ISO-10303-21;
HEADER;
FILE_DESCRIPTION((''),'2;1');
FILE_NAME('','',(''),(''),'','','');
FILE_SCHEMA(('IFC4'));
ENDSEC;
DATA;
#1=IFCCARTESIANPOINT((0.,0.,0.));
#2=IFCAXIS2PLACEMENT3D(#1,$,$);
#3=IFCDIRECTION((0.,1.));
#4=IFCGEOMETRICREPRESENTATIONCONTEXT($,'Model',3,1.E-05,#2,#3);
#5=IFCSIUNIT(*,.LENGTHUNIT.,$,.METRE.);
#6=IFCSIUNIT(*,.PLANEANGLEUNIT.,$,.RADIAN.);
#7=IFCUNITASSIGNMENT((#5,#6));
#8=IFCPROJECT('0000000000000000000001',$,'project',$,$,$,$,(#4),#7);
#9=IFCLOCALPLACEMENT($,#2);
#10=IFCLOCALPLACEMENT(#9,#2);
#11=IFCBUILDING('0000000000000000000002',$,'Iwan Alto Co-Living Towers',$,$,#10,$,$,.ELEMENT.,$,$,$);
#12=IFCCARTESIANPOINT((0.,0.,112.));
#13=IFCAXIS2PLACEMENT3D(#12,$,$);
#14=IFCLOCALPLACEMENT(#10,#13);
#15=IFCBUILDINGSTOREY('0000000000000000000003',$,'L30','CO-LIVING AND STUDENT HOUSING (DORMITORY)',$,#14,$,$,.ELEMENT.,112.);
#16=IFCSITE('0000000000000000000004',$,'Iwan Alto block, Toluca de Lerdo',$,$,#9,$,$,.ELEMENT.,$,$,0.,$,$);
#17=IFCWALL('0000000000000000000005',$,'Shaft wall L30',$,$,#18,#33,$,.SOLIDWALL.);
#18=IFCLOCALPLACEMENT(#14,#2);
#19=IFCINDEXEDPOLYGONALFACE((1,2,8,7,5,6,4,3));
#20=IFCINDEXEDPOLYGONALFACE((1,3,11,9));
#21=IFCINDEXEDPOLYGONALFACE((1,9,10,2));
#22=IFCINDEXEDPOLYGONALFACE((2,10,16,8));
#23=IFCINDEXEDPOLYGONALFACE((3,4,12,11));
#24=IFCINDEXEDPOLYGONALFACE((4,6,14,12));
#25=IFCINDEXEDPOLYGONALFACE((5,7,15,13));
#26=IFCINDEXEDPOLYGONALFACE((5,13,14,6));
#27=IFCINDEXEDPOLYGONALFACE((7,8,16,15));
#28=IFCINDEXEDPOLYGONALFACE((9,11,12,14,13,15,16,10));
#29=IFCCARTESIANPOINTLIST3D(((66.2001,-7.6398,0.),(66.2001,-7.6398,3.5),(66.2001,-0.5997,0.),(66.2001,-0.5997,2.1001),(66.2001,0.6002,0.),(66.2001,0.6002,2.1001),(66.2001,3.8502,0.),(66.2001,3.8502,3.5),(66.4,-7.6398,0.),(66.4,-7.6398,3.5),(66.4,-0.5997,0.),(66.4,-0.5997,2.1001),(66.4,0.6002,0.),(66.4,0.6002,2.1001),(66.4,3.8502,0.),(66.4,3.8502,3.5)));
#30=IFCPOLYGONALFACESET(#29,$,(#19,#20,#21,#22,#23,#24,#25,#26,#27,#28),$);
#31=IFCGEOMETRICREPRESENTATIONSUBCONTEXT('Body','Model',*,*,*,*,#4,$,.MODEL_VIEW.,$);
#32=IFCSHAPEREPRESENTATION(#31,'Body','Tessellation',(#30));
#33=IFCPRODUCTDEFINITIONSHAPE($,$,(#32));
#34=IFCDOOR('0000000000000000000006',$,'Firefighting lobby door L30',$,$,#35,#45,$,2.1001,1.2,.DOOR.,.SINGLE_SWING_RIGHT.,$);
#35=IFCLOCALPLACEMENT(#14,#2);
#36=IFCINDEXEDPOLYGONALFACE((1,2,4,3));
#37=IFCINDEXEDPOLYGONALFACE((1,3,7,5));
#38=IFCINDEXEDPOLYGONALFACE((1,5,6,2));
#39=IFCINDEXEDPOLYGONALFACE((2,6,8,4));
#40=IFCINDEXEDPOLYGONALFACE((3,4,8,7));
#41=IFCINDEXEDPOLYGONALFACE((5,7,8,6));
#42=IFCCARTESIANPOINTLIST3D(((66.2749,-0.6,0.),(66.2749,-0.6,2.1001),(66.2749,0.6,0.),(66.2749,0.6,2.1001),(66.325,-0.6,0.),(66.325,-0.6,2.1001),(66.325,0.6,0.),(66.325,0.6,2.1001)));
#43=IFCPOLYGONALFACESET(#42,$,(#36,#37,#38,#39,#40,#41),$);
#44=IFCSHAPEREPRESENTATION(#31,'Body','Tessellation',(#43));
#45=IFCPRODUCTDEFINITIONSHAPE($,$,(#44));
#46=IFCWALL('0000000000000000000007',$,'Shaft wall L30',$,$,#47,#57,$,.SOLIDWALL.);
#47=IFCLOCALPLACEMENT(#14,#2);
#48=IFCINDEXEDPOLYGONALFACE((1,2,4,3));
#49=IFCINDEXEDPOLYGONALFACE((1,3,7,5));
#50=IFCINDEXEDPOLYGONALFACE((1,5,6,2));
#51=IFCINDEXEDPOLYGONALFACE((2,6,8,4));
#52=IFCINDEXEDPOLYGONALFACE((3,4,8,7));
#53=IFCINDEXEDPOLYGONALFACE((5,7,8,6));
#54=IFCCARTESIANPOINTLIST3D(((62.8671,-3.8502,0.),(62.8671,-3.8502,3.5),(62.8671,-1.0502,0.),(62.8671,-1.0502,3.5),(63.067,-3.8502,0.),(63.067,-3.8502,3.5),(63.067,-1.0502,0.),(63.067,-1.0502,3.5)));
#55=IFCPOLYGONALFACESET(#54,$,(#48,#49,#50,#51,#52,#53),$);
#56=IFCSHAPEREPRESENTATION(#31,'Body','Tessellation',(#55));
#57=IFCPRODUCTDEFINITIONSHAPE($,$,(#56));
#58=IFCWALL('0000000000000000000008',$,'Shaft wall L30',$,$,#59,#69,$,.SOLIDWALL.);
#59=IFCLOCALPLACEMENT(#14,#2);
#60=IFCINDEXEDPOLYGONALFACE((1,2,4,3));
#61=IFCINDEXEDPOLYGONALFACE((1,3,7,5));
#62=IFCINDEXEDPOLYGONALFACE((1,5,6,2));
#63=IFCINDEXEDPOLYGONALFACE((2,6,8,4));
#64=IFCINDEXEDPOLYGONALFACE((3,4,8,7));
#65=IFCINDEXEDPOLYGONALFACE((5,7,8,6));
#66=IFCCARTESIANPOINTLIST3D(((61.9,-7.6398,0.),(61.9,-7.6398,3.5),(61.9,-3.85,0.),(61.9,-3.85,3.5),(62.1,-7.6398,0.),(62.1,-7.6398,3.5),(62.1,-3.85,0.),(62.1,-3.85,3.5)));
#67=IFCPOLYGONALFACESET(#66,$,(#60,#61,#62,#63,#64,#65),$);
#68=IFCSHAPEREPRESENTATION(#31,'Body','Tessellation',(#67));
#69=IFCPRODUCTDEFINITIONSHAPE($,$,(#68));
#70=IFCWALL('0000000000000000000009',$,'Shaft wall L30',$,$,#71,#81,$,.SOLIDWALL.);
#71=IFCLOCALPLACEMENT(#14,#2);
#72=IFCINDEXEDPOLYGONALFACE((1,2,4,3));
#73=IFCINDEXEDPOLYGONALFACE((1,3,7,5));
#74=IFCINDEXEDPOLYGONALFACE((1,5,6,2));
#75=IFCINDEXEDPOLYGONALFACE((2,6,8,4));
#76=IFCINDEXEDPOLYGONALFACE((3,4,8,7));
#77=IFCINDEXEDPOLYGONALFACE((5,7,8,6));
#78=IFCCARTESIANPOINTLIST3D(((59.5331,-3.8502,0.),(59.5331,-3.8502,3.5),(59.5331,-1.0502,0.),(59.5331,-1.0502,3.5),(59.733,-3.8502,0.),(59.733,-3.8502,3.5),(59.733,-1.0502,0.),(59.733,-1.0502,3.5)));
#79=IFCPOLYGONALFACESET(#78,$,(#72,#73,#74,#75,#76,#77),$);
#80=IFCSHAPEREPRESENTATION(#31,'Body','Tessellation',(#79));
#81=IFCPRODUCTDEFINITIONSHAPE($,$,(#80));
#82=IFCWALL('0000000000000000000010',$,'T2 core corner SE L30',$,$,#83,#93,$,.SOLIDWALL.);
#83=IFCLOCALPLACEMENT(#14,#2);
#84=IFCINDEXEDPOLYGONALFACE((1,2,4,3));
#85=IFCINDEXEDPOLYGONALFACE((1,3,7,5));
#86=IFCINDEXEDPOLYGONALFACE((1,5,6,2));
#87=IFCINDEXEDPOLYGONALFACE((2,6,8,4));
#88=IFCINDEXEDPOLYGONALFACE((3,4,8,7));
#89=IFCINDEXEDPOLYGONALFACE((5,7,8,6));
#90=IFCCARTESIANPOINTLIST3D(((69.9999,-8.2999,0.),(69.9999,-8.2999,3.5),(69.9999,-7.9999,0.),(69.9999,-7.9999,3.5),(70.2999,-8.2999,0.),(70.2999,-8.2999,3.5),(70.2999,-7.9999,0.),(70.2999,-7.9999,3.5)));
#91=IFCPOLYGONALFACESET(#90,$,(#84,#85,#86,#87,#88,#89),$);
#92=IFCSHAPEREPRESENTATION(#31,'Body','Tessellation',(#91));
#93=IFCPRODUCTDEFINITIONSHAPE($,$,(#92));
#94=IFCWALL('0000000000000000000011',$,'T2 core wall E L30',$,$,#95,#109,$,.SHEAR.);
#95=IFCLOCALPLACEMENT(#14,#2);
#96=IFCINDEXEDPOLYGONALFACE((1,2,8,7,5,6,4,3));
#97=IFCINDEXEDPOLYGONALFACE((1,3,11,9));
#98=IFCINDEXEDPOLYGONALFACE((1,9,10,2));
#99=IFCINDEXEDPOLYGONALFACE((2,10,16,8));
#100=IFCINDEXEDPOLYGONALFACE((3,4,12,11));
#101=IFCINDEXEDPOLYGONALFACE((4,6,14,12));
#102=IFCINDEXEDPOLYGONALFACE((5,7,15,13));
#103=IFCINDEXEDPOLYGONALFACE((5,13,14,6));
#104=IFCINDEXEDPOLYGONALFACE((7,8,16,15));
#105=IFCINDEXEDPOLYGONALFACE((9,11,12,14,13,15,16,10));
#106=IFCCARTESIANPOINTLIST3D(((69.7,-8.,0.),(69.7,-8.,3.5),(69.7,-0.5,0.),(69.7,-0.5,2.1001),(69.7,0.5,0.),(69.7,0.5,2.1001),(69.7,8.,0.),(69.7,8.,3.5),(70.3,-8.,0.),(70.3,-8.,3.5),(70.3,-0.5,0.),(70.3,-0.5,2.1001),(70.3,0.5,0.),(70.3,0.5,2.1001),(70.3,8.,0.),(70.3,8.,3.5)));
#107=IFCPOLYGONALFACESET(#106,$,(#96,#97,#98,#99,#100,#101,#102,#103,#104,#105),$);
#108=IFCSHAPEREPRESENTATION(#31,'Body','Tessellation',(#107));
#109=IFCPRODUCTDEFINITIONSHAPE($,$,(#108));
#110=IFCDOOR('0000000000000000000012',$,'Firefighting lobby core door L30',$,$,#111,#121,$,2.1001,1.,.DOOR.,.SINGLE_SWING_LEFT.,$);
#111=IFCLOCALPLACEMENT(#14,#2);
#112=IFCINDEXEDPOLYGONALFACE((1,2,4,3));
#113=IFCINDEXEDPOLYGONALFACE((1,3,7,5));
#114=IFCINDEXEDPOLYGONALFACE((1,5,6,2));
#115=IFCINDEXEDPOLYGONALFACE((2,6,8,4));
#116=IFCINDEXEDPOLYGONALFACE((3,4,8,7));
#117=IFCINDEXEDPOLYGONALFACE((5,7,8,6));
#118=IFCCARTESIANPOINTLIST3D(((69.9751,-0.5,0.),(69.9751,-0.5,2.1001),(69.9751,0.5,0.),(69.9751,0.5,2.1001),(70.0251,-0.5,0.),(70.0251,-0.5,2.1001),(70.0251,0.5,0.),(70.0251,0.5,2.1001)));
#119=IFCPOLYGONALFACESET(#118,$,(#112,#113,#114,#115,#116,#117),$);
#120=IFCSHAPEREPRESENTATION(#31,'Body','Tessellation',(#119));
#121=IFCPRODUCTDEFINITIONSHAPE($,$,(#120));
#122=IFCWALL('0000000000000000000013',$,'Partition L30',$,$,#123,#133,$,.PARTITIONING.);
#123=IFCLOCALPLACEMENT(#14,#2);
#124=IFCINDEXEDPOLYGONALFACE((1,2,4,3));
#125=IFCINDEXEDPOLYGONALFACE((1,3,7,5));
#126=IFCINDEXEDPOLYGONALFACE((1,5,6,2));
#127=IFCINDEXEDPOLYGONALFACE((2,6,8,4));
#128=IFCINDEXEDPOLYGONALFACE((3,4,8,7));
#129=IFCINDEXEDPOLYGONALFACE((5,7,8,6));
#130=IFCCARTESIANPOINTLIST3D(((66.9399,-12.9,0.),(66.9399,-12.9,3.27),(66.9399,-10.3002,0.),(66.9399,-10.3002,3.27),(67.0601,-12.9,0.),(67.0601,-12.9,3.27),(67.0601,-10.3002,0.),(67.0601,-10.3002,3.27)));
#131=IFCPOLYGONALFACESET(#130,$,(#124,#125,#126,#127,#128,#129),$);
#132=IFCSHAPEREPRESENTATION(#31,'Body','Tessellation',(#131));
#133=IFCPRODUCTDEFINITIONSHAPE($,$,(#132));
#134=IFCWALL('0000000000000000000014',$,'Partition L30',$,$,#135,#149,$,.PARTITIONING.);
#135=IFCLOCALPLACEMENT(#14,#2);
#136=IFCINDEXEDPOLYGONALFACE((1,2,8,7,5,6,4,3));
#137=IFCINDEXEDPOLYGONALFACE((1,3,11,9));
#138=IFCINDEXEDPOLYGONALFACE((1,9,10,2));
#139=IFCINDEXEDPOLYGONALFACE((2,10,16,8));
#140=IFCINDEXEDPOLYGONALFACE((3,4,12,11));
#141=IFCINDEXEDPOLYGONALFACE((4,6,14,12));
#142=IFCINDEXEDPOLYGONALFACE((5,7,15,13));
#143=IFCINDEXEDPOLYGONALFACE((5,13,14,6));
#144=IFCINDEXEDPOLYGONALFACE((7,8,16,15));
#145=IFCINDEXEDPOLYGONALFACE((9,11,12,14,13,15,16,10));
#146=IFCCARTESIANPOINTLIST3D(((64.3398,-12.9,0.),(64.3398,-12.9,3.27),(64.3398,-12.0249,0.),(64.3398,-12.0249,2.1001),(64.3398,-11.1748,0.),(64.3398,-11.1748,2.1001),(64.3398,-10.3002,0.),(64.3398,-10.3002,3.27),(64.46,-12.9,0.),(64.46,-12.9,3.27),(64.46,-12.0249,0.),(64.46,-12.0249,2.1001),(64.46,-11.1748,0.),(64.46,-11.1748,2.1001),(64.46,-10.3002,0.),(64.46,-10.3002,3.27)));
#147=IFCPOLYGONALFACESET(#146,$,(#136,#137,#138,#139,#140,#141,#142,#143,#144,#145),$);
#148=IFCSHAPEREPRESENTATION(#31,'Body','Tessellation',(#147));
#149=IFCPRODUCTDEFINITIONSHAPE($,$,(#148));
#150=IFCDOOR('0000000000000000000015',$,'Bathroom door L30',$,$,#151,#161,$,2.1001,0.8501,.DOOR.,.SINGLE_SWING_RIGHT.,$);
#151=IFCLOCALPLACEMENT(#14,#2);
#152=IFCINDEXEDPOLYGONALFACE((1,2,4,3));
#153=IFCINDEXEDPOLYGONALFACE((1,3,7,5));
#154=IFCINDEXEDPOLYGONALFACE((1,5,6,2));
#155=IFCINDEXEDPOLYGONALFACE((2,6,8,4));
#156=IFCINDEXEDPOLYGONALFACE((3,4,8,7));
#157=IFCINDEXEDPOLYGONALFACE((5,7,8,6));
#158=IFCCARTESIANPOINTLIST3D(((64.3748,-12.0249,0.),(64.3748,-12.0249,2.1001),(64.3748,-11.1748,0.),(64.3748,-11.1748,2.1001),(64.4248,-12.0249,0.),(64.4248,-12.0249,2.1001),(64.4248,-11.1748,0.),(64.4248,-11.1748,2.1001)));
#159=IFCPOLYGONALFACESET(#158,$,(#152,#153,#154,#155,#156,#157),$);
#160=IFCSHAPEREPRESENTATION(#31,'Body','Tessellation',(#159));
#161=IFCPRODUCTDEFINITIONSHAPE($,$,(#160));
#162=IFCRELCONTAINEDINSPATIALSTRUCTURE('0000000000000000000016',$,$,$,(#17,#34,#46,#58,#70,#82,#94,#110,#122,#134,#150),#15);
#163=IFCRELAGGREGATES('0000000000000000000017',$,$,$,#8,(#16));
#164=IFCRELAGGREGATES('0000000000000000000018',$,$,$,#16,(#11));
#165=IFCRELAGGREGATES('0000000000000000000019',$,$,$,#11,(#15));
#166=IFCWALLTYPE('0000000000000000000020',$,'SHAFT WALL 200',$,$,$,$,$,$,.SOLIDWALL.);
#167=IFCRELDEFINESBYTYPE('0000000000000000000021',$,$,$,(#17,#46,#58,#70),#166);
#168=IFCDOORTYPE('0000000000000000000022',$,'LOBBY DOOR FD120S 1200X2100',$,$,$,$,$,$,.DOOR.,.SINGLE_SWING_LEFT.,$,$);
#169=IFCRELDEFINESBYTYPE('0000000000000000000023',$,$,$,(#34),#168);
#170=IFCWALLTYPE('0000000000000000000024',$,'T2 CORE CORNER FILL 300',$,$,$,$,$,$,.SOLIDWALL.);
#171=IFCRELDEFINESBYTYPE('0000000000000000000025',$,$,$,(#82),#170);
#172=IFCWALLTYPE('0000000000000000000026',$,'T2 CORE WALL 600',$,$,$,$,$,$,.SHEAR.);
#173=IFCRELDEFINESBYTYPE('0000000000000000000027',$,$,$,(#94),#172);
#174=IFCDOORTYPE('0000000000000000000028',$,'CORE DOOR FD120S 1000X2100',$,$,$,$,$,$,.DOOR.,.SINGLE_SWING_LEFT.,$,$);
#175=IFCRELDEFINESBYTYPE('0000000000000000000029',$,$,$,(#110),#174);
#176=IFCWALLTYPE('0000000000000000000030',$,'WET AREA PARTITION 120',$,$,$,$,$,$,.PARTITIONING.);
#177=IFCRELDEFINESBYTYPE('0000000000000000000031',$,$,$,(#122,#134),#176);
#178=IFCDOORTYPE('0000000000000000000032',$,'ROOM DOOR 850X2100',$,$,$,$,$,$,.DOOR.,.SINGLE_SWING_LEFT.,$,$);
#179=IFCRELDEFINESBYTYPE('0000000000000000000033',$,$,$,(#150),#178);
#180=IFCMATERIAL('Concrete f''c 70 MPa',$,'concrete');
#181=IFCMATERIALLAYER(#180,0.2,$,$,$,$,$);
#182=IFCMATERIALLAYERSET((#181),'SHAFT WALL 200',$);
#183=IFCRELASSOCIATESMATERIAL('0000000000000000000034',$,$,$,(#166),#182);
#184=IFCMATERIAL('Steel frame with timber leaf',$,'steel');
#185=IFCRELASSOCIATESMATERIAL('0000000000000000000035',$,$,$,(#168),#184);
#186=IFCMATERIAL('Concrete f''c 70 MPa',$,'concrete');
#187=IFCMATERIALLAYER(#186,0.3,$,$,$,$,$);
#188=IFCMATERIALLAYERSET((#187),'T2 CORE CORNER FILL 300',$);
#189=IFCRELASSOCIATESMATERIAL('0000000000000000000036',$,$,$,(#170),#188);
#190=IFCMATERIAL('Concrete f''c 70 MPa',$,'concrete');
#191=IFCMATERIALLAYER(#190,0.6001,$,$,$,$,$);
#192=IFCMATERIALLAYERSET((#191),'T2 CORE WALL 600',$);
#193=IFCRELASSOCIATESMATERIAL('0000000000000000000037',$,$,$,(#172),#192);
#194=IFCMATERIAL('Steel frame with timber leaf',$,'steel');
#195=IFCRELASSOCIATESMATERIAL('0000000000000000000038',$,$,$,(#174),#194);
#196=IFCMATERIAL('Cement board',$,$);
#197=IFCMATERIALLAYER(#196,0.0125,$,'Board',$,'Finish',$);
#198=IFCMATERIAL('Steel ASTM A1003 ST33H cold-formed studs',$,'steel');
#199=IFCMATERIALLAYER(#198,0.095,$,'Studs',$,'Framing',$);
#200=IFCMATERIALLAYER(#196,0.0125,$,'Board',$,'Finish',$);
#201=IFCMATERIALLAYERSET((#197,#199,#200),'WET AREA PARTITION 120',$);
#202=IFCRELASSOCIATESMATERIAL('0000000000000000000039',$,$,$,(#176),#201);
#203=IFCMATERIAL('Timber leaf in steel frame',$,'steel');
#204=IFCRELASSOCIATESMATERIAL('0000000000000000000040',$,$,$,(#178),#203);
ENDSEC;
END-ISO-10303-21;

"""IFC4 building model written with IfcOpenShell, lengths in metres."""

from ifc_helpers import new_model, si_unit, direction, frame, frame_2d, origin, place, context, subcontext, project, spatial, rectangle, extrude, material, layer, layer_set, type_object, element, fill, save


model = new_model("IFC4")

# Units and contexts
model_context = context("Model", 3, precision=1e-05, world=origin(), true_north=direction((0.0, 1.0)))
body_context = subcontext(model_context, "Body", "Model", "MODEL_VIEW")
ifc_project = project(units=[si_unit("LENGTHUNIT", "METRE"), si_unit("PLANEANGLEUNIT", "RADIAN")], contexts=[model_context])

# Site, building, storey
site_placement = place(None, origin())
site = spatial("IfcSite", under=ifc_project, at=site_placement, Name="Iwan Alto block, Toluca de Lerdo", CompositionType="ELEMENT", RefElevation=0.0)
building_placement = place(site_placement, origin())
building = spatial("IfcBuilding", under=site, at=building_placement, Name="Iwan Alto Co-Living Towers", CompositionType="ELEMENT")
storey_placement = place(building_placement, frame((0.0, 0.0, 112.0)))
storey = spatial("IfcBuildingStorey", under=building, at=storey_placement, Name="L30", Description="CO-LIVING AND STUDENT HOUSING (DORMITORY)", CompositionType="ELEMENT", Elevation=112.0)

# Shared definitions
ifc_material_1 = material(Name="Steel ASTM A1003 ST33H cold-formed studs", Category="steel")

# Wall, opening, door
ifc_material_2 = material(Name="Concrete f'c 70 MPa", Category="concrete")
ifc_layer_1 = layer(ifc_material_2, 0.2)
ifc_layer_set_1 = layer_set([ifc_layer_1], Name="SHAFT WALL 200")
wall_type_1 = type_object("IfcWallType", Name="SHAFT WALL 200", PredefinedType="SOLIDWALL", material=ifc_layer_set_1)
wall_1_placement = place(storey_placement, frame((66.3, -7.6399, 0.0), z_axis=(0.0, 0.0, 1.0), x_axis=(0.0, 1.0, 0.0)))
wall_1 = element("IfcWall", 1, at=wall_1_placement, inside=storey, type_object=wall_type_1, Name="Shaft wall L30", PredefinedType="SOLIDWALL", context=body_context, shape_type="SweptSolid", body=[
    extrude(rectangle(XDim=11.49, YDim=0.2, at=frame_2d((5.7451, 0.0))), origin(), (0.0, 0.0, 1.0), 3.5),
])
opening_1_placement = place(wall_1_placement, frame((7.04, 0.0, 0.0)))
opening_1 = element("IfcOpeningElement", 2, at=opening_1_placement, cuts=wall_1, PredefinedType="OPENING", context=body_context, shape_type="SweptSolid", body=[
    extrude(rectangle(XDim=1.2, YDim=2.1001, at=frame_2d((0.6001, 1.05))), frame((0.0, 0.1099, 0.0), z_axis=(0.0, -1.0, 0.0), x_axis=(1.0, 0.0, 0.0)), (0.0, 0.0, 1.0), 0.22),
])
ifc_material_3 = material(Name="Steel frame with timber leaf", Category="steel")
door_type_1 = type_object("IfcDoorType", Name="LOBBY DOOR FD120S 1200X2100", OperationType="SINGLE_SWING_LEFT", PredefinedType="DOOR", material=ifc_material_3)
door_1_placement = place(opening_1_placement, frame((1.2, 0.0, 0.0), z_axis=(0.0, 0.0, 1.0), x_axis=(-1.0, 0.0, 0.0)))
door_1 = element("IfcDoor", 3, at=door_1_placement, inside=storey, type_object=door_type_1, Name="Firefighting lobby door L30", OperationType="SINGLE_SWING_RIGHT", OverallHeight=2.1001, OverallWidth=1.2, PredefinedType="DOOR", context=body_context, shape_type="SweptSolid", body=[
    extrude(rectangle(XDim=1.2, YDim=2.1001, at=frame_2d((0.6001, 1.05))), frame((0.0, 0.0249, 0.0), z_axis=(0.0, -1.0, 0.0), x_axis=(1.0, 0.0, 0.0)), (0.0, 0.0, 1.0), 0.05),
])
fill(opening_1, door_1)

# Walls
wall_2_placement = place(storey_placement, frame((62.967, -3.8501, 0.0), z_axis=(0.0, 0.0, 1.0), x_axis=(0.0, 1.0, 0.0)))
element("IfcWall", 4, at=wall_2_placement, inside=storey, type_object=wall_type_1, Name="Shaft wall L30", PredefinedType="SOLIDWALL", context=body_context, shape_type="SweptSolid", body=[
    extrude(rectangle(XDim=2.8, YDim=0.2, at=frame_2d((1.3999, 0.0))), origin(), (0.0, 0.0, 1.0), 3.5),
])
wall_3_placement = place(storey_placement, frame((62.0, -7.6399, 0.0), z_axis=(0.0, 0.0, 1.0), x_axis=(0.0, 1.0, 0.0)))
element("IfcWall", 5, at=wall_3_placement, inside=storey, type_object=wall_type_1, Name="Shaft wall L30", PredefinedType="SOLIDWALL", context=body_context, shape_type="SweptSolid", body=[
    extrude(rectangle(XDim=3.7898, YDim=0.2, at=frame_2d((1.895, 0.0))), origin(), (0.0, 0.0, 1.0), 3.5),
])
wall_4_placement = place(storey_placement, frame((59.6331, -3.8501, 0.0), z_axis=(0.0, 0.0, 1.0), x_axis=(0.0, 1.0, 0.0)))
element("IfcWall", 6, at=wall_4_placement, inside=storey, type_object=wall_type_1, Name="Shaft wall L30", PredefinedType="SOLIDWALL", context=body_context, shape_type="SweptSolid", body=[
    extrude(rectangle(XDim=2.8, YDim=0.2, at=frame_2d((1.3999, 0.0))), origin(), (0.0, 0.0, 1.0), 3.5),
])
ifc_material_4 = material(Name="Concrete f'c 70 MPa", Category="concrete")
ifc_layer_2 = layer(ifc_material_4, 0.3)
ifc_layer_set_2 = layer_set([ifc_layer_2], Name="T2 CORE CORNER FILL 300")
wall_type_2 = type_object("IfcWallType", Name="T2 CORE CORNER FILL 300", PredefinedType="SOLIDWALL", material=ifc_layer_set_2)
wall_5_placement = place(storey_placement, frame((70.0, -8.1499, 0.0), z_axis=(0.0, 0.0, 1.0), x_axis=(1.0, 0.0, 0.0)))
element("IfcWall", 7, at=wall_5_placement, inside=storey, type_object=wall_type_2, Name="T2 core corner SE L30", PredefinedType="SOLIDWALL", context=body_context, shape_type="SweptSolid", body=[
    extrude(rectangle(XDim=0.3, YDim=0.3, at=frame_2d((0.1499, 0.0))), origin(), (0.0, 0.0, 1.0), 3.5),
])

# Wall, opening, door
ifc_material_5 = material(Name="Concrete f'c 70 MPa", Category="concrete")
ifc_layer_3 = layer(ifc_material_5, 0.6001)
ifc_layer_set_3 = layer_set([ifc_layer_3], Name="T2 CORE WALL 600")
wall_type_3 = type_object("IfcWallType", Name="T2 CORE WALL 600", PredefinedType="SHEAR", material=ifc_layer_set_3)
wall_6_placement = place(storey_placement, frame((70.0, -8.0, 0.0), z_axis=(0.0, 0.0, 1.0), x_axis=(0.0, 1.0, 0.0)))
wall_6 = element("IfcWall", 8, at=wall_6_placement, inside=storey, type_object=wall_type_3, Name="T2 core wall E L30", PredefinedType="SHEAR", context=body_context, shape_type="SweptSolid", body=[
    extrude(rectangle(XDim=16.0, YDim=0.6001, at=frame_2d((8.0, 0.0))), origin(), (0.0, 0.0, 1.0), 3.5),
])
opening_2_placement = place(wall_6_placement, frame((7.5, 0.0, 0.0)))
opening_2 = element("IfcOpeningElement", 9, at=opening_2_placement, cuts=wall_6, PredefinedType="OPENING", context=body_context, shape_type="SweptSolid", body=[
    extrude(rectangle(XDim=1.0, YDim=2.1001, at=frame_2d((0.5, 1.05))), frame((0.0, 0.3101, 0.0), z_axis=(0.0, -1.0, 0.0), x_axis=(1.0, 0.0, 0.0)), (0.0, 0.0, 1.0), 0.6201),
])
ifc_material_6 = material(Name="Steel frame with timber leaf", Category="steel")
door_type_2 = type_object("IfcDoorType", Name="CORE DOOR FD120S 1000X2100", OperationType="SINGLE_SWING_LEFT", PredefinedType="DOOR", material=ifc_material_6)
door_2_placement = place(opening_2_placement, origin())
door_2 = element("IfcDoor", 10, at=door_2_placement, inside=storey, type_object=door_type_2, Name="Firefighting lobby core door L30", OperationType="SINGLE_SWING_LEFT", OverallHeight=2.1001, OverallWidth=1.0, PredefinedType="DOOR", context=body_context, shape_type="SweptSolid", body=[
    extrude(rectangle(XDim=1.0, YDim=2.1001, at=frame_2d((0.5, 1.05))), frame((0.0, 0.0249, 0.0), z_axis=(0.0, -1.0, 0.0), x_axis=(1.0, 0.0, 0.0)), (0.0, 0.0, 1.0), 0.05),
])
fill(opening_2, door_2)

# Wall
ifc_material_7 = material(Name="Cement board")
ifc_layer_4 = layer(ifc_material_7, 0.0125, Name="Board", Category="Finish")
ifc_layer_5 = layer(ifc_material_1, 0.095, Name="Studs", Category="Framing")
ifc_layer_6 = layer(ifc_material_7, 0.0125, Name="Board", Category="Finish")
ifc_layer_set_4 = layer_set([ifc_layer_4, ifc_layer_5, ifc_layer_6], Name="WET AREA PARTITION 120")
wall_type_4 = type_object("IfcWallType", Name="WET AREA PARTITION 120", PredefinedType="PARTITIONING", material=ifc_layer_set_4)
wall_7_placement = place(storey_placement, frame((67.0, -12.8999, 0.0), z_axis=(0.0, 0.0, 1.0), x_axis=(0.0, 1.0, 0.0)))
element("IfcWall", 11, at=wall_7_placement, inside=storey, type_object=wall_type_4, Name="Partition L30", PredefinedType="PARTITIONING", context=body_context, shape_type="SweptSolid", body=[
    extrude(rectangle(XDim=2.5999, YDim=0.1201, at=frame_2d((1.2998, 0.0))), origin(), (0.0, 0.0, 1.0), 3.27),
])

# Wall, opening, door
wall_8_placement = place(storey_placement, frame((64.3999, -12.8999, 0.0), z_axis=(0.0, 0.0, 1.0), x_axis=(0.0, 1.0, 0.0)))
wall_8 = element("IfcWall", 12, at=wall_8_placement, inside=storey, type_object=wall_type_4, Name="Partition L30", PredefinedType="PARTITIONING", context=body_context, shape_type="SweptSolid", body=[
    extrude(rectangle(XDim=2.5999, YDim=0.1201, at=frame_2d((1.2998, 0.0))), origin(), (0.0, 0.0, 1.0), 3.27),
])
opening_3_placement = place(wall_8_placement, frame((0.875, 0.0, 0.0)))
opening_3 = element("IfcOpeningElement", 13, at=opening_3_placement, cuts=wall_8, PredefinedType="OPENING", context=body_context, shape_type="SweptSolid", body=[
    extrude(rectangle(XDim=0.8501, YDim=2.1001, at=frame_2d((0.425, 1.05))), frame((0.0, 0.0701, 0.0), z_axis=(0.0, -1.0, 0.0), x_axis=(1.0, 0.0, 0.0)), (0.0, 0.0, 1.0), 0.1401),
])
ifc_material_8 = material(Name="Timber leaf in steel frame", Category="steel")
door_type_3 = type_object("IfcDoorType", Name="ROOM DOOR 850X2100", OperationType="SINGLE_SWING_LEFT", PredefinedType="DOOR", material=ifc_material_8)
door_3_placement = place(opening_3_placement, frame((0.8501, 0.0, 0.0), z_axis=(0.0, 0.0, 1.0), x_axis=(-1.0, 0.0, 0.0)))
door_3 = element("IfcDoor", 14, at=door_3_placement, inside=storey, type_object=door_type_3, Name="Bathroom door L30", OperationType="SINGLE_SWING_RIGHT", OverallHeight=2.1001, OverallWidth=0.8501, PredefinedType="DOOR", context=body_context, shape_type="SweptSolid", body=[
    extrude(rectangle(XDim=0.8501, YDim=2.1001, at=frame_2d((0.425, 1.05))), frame((0.0, 0.0249, 0.0), z_axis=(0.0, -1.0, 0.0), x_axis=(1.0, 0.0, 0.0)), (0.0, 0.0, 1.0), 0.05),
])
fill(opening_3, door_3)

save(model, "model.ifc")
